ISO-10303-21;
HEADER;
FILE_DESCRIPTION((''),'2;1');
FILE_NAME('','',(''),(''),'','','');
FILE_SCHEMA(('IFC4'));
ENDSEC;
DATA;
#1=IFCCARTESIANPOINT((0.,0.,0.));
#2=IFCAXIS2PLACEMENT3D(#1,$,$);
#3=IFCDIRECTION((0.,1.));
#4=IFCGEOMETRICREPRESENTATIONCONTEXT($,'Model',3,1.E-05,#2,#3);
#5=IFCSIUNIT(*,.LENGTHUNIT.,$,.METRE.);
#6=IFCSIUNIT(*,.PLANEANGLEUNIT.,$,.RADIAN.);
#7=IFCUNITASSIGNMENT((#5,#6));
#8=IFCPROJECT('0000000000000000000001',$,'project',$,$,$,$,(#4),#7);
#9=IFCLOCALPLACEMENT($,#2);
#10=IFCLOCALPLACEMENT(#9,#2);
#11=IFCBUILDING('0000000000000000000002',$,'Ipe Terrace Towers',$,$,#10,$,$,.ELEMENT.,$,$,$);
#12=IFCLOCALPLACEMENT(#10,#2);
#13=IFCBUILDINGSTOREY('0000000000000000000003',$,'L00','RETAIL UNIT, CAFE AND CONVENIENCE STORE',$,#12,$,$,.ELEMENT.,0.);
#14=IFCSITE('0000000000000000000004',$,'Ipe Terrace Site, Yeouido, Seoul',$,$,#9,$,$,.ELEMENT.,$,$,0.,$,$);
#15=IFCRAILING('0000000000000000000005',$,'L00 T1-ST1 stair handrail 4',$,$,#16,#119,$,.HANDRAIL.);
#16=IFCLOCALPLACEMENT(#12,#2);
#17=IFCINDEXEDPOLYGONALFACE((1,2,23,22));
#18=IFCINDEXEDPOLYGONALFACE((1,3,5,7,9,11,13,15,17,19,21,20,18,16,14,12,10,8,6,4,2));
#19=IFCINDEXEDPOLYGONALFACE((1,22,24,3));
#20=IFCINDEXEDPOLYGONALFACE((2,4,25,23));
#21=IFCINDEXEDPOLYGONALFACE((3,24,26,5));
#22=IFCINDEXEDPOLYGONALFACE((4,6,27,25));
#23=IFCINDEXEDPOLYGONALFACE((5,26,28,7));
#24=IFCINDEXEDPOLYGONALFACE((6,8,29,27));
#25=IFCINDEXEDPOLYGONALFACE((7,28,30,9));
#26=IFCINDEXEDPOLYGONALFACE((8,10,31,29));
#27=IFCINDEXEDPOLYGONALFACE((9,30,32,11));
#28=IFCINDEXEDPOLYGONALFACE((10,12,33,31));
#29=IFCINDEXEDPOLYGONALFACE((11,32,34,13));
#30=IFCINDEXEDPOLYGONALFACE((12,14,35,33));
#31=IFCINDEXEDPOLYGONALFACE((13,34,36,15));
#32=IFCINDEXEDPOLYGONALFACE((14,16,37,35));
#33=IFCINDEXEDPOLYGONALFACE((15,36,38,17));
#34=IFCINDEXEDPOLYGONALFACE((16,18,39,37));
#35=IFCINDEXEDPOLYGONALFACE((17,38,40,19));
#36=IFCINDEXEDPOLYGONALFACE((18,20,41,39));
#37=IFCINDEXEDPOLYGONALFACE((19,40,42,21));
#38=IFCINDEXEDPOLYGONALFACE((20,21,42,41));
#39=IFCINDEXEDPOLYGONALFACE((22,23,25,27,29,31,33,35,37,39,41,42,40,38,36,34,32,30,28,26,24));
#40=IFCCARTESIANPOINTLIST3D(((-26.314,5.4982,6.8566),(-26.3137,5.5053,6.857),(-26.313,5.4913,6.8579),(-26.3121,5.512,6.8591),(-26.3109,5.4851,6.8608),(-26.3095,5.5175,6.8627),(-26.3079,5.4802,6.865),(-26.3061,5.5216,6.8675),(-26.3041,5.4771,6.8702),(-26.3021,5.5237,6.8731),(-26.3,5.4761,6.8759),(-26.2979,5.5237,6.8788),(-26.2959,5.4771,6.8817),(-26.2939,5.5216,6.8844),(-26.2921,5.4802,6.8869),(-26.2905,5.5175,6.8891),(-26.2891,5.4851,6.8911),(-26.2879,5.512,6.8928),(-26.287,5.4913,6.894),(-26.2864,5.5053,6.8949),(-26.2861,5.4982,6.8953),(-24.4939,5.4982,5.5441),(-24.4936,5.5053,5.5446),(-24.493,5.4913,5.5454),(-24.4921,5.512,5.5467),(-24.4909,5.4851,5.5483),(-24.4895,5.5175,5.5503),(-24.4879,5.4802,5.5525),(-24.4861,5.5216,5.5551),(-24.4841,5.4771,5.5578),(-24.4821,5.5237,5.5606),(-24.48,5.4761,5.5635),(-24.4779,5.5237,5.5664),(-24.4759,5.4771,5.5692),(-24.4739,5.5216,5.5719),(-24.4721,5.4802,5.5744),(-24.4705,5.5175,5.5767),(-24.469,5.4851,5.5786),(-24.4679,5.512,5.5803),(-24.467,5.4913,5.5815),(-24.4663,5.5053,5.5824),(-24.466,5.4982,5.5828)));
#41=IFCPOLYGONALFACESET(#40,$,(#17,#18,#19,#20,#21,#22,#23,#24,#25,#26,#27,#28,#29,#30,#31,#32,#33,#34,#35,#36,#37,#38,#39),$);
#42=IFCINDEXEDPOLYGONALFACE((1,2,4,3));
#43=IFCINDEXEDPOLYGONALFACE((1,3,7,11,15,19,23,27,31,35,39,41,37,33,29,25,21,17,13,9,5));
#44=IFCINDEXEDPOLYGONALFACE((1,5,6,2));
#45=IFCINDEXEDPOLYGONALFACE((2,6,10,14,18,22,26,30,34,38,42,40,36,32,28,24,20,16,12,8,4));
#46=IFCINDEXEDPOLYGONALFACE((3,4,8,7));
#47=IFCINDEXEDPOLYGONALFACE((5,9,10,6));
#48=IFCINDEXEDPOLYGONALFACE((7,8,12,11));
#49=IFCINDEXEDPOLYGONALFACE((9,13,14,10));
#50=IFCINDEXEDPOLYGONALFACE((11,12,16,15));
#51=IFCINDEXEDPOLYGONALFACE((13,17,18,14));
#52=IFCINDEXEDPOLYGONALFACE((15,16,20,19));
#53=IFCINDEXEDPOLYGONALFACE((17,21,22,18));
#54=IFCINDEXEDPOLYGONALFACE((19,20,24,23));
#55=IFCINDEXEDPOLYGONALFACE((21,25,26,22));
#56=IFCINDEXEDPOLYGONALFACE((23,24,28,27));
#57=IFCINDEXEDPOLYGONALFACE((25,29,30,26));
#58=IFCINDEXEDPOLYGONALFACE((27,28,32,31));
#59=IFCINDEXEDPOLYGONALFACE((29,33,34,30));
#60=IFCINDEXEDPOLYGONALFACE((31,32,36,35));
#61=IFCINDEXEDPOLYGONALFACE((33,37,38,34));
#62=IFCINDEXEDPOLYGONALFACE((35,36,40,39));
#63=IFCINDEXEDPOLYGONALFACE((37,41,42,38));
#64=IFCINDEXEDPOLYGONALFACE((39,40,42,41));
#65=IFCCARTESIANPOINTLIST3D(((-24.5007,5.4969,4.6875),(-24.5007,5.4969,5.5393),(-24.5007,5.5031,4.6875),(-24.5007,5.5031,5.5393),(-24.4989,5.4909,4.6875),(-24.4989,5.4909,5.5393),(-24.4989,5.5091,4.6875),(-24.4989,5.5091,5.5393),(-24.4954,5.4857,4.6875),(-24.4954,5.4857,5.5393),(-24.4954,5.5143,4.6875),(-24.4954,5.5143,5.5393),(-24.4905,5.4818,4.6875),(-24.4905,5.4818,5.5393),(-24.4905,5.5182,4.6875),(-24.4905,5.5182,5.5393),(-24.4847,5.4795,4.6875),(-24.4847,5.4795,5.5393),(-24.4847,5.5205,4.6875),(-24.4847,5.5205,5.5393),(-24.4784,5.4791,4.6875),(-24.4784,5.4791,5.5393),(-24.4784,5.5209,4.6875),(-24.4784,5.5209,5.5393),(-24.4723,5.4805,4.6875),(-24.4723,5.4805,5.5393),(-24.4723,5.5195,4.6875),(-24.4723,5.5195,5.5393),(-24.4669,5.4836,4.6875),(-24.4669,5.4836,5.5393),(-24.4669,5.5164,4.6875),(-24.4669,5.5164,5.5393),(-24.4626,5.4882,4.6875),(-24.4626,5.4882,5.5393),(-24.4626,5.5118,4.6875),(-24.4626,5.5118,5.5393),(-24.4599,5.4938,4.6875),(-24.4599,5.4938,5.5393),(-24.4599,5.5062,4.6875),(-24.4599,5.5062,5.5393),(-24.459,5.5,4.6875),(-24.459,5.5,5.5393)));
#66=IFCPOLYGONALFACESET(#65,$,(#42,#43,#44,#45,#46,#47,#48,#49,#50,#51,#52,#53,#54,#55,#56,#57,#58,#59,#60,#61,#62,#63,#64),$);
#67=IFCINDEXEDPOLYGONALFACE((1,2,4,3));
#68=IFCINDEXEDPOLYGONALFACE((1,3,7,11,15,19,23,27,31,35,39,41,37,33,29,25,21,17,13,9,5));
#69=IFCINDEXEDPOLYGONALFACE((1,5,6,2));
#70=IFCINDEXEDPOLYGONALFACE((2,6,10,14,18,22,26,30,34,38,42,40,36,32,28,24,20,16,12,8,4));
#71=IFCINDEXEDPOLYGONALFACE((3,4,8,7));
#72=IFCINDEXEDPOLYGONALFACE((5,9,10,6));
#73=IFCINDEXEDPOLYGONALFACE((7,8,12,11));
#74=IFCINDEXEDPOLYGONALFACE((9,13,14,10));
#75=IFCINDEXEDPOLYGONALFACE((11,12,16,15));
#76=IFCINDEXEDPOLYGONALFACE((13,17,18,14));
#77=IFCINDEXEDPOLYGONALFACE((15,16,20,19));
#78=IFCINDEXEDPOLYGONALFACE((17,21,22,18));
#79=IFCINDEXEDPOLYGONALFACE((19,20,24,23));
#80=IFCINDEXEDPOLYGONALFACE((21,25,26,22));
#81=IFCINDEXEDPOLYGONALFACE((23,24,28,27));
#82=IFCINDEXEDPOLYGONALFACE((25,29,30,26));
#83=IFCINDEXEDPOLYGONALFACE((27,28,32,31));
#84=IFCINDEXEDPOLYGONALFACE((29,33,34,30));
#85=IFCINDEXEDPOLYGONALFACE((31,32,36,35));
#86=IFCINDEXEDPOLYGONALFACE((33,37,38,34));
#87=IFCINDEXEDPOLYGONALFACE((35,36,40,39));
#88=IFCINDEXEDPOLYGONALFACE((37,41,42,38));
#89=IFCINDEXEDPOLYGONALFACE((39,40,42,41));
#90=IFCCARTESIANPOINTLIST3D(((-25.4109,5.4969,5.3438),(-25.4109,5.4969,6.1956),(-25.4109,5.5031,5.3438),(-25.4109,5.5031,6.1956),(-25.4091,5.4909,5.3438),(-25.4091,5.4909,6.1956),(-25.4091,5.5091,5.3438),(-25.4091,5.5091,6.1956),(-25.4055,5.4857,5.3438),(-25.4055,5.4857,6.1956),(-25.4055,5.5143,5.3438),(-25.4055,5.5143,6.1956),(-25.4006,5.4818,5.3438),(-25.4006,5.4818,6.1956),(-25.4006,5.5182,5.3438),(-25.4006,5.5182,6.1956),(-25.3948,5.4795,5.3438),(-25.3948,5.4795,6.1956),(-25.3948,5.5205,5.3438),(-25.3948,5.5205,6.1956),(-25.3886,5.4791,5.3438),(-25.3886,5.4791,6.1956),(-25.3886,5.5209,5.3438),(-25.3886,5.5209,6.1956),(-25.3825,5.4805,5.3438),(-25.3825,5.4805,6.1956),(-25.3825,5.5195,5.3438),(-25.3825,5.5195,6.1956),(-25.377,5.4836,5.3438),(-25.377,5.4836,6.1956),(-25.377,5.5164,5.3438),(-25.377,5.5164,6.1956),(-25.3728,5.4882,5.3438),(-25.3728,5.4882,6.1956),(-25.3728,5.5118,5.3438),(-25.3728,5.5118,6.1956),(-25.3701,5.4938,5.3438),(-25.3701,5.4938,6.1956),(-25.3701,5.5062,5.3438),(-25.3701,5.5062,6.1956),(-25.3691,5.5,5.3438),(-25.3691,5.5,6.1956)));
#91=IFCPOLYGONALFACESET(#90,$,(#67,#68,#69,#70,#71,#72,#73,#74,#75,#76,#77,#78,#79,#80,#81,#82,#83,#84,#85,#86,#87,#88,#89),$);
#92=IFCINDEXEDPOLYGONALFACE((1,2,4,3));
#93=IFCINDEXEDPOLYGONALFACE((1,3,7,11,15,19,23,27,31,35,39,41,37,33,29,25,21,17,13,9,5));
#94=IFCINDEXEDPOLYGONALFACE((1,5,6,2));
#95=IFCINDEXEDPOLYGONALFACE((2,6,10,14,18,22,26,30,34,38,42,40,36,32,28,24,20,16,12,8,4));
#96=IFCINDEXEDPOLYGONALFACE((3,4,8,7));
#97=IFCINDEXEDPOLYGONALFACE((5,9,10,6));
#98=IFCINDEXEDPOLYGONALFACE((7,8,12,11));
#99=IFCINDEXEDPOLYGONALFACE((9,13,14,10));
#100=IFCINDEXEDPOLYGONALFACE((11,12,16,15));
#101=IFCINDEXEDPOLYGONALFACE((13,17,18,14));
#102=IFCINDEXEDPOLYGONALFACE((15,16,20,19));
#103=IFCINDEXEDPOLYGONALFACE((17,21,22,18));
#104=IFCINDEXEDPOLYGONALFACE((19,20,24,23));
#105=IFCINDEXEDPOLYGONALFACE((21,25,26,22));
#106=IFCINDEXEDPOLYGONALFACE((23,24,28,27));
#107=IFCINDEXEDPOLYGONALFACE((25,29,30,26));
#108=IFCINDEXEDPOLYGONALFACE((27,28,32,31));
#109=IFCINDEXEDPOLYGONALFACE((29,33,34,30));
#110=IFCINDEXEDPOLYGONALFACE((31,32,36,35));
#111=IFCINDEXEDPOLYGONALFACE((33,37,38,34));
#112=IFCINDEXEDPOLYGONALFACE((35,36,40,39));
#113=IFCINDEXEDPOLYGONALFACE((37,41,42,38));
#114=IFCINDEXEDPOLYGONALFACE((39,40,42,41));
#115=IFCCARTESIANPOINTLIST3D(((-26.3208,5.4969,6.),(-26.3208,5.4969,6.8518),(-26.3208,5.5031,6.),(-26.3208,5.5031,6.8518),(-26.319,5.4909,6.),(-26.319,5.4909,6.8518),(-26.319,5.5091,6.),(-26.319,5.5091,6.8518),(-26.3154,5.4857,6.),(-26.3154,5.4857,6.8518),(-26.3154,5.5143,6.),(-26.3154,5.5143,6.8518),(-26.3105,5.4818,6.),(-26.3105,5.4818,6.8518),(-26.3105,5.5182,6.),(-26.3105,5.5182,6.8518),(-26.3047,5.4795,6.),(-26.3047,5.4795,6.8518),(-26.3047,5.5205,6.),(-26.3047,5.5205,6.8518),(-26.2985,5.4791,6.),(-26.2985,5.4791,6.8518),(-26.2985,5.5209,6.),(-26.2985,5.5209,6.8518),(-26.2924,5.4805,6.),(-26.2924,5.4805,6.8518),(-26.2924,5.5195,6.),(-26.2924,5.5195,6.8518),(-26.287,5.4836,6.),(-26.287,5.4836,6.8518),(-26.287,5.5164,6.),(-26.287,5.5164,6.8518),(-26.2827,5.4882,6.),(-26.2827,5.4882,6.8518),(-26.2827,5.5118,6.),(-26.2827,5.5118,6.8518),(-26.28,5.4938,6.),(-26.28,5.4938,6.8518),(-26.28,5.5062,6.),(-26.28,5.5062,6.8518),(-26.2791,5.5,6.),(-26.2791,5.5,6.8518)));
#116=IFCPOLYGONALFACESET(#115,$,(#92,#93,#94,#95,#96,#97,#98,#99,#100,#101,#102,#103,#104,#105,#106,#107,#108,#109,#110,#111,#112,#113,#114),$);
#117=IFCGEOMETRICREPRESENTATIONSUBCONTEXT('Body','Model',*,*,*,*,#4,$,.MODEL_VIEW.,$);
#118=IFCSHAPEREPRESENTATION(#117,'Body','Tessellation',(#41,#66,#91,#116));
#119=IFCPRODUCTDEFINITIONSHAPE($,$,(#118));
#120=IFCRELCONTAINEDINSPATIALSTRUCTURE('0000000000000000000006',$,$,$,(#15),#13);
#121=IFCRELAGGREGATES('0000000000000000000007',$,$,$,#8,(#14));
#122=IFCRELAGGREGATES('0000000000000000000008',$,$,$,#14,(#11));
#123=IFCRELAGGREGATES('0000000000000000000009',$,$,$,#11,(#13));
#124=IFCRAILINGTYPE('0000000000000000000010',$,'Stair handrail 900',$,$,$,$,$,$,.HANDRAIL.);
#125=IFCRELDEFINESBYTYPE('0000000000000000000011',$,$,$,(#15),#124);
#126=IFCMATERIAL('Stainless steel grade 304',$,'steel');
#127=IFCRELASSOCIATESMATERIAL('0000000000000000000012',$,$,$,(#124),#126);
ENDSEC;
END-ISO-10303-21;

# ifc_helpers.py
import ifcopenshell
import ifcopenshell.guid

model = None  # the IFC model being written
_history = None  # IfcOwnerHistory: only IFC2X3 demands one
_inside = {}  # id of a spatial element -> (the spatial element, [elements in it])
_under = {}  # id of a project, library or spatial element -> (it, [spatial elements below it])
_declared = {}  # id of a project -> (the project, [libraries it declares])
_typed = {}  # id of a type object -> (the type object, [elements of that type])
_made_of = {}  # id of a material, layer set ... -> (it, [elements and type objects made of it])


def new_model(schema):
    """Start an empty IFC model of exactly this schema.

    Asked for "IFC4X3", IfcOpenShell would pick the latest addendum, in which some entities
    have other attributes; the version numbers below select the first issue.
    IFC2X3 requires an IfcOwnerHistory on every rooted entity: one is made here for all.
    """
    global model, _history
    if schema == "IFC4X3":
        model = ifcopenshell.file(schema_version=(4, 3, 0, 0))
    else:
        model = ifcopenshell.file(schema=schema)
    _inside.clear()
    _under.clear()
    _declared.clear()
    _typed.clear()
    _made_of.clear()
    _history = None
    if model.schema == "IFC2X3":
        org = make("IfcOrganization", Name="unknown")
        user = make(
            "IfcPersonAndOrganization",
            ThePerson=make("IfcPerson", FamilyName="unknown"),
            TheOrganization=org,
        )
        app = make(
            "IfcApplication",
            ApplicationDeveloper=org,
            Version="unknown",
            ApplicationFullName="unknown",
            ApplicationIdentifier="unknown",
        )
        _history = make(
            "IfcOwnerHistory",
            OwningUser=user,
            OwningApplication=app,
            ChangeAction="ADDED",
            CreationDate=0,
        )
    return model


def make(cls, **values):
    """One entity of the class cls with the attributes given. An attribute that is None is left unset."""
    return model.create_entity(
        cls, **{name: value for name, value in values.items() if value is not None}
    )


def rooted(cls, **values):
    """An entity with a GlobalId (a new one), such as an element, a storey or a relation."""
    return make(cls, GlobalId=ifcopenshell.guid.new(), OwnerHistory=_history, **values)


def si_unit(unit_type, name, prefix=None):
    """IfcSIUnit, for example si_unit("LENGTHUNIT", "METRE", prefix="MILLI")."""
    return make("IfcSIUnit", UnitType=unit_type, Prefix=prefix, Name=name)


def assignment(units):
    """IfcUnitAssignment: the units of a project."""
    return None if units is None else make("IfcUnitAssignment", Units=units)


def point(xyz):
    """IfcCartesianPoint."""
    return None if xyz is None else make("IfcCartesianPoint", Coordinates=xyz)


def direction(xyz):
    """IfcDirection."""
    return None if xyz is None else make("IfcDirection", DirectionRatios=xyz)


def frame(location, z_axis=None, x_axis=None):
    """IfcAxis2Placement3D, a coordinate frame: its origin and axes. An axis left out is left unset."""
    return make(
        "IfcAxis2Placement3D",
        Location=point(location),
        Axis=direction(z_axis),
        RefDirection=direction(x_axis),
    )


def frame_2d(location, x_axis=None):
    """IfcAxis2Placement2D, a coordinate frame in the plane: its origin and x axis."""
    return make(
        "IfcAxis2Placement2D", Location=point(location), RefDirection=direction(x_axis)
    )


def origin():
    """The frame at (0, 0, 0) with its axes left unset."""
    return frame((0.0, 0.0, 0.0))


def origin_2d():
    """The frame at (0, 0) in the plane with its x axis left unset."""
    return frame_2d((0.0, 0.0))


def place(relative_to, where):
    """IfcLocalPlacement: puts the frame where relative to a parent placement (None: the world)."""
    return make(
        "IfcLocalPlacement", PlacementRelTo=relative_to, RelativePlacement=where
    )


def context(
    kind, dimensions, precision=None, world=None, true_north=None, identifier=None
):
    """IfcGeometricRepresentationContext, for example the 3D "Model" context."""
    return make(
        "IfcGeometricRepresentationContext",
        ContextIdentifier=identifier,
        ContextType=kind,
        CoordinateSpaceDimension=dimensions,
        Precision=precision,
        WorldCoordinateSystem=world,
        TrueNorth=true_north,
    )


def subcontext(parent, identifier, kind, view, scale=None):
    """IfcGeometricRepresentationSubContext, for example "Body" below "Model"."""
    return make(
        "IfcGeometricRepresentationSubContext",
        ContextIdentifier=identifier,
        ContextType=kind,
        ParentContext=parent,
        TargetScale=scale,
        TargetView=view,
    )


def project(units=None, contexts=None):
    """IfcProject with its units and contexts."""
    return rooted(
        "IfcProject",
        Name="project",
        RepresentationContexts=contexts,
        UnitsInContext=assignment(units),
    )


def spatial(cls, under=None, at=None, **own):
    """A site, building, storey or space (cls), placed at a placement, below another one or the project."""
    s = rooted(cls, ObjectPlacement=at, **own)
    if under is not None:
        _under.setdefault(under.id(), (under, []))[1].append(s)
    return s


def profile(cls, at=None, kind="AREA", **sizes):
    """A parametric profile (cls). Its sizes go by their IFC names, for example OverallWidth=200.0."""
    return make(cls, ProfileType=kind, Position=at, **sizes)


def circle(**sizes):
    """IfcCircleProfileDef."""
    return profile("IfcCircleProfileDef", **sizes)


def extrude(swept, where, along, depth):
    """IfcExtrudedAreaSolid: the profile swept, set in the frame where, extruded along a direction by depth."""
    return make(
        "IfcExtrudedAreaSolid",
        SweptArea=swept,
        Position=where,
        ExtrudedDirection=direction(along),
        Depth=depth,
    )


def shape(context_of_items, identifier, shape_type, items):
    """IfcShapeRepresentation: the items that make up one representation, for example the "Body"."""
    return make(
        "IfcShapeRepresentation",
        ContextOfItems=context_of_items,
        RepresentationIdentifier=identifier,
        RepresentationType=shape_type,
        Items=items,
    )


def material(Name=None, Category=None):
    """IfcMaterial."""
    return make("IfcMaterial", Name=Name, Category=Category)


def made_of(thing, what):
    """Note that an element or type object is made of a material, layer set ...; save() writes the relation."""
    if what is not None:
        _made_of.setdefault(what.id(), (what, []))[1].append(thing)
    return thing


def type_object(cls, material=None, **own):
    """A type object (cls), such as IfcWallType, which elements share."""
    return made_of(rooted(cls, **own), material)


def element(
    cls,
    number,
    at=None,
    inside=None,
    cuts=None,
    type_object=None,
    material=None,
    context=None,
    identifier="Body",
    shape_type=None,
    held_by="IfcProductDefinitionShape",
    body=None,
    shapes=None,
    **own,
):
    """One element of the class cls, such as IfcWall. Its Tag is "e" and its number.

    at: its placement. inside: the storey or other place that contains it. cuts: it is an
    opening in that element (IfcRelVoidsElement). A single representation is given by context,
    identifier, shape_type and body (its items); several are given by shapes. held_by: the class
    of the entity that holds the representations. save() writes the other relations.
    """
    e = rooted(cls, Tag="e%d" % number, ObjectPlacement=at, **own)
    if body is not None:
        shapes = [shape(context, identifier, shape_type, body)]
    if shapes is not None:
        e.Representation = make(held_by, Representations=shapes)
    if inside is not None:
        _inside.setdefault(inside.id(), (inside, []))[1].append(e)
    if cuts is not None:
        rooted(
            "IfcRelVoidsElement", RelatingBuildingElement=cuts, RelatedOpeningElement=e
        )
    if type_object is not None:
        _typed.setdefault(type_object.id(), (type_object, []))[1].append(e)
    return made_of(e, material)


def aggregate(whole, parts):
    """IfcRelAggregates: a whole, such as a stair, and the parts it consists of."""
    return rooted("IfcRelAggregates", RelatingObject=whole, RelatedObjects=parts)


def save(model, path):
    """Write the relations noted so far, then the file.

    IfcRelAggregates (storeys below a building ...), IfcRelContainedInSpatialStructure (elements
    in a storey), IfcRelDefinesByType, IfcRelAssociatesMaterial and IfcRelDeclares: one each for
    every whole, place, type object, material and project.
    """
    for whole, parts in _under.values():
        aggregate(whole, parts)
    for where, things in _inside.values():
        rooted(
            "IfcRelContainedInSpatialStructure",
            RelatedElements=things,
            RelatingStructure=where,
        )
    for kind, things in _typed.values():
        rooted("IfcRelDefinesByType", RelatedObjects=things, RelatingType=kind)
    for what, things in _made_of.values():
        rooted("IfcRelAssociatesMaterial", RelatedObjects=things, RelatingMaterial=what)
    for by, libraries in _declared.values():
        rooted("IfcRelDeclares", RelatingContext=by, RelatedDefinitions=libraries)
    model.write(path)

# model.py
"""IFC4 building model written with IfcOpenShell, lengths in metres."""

from ifc_helpers import new_model, si_unit, direction, frame, origin, origin_2d, place, context, subcontext, project, spatial, circle, extrude, material, type_object, element, save


model = new_model("IFC4")

# Units and contexts
model_context = context("Model", 3, precision=1e-05, world=origin(), true_north=direction((0.0, 1.0)))
body_context = subcontext(model_context, "Body", "Model", "MODEL_VIEW")
ifc_project = project(units=[si_unit("LENGTHUNIT", "METRE"), si_unit("PLANEANGLEUNIT", "RADIAN")], contexts=[model_context])

# Site, building, storey
site_placement = place(None, origin())
site = spatial("IfcSite", under=ifc_project, at=site_placement, Name="Ipe Terrace Site, Yeouido, Seoul", CompositionType="ELEMENT", RefElevation=0.0)
building_placement = place(site_placement, origin())
building = spatial("IfcBuilding", under=site, at=building_placement, Name="Ipe Terrace Towers", CompositionType="ELEMENT")
storey_placement = place(building_placement, origin())
storey = spatial("IfcBuildingStorey", under=building, at=storey_placement, Name="L00", Description="RETAIL UNIT, CAFE AND CONVENIENCE STORE", CompositionType="ELEMENT", Elevation=0.0)

# Railing
ifc_material_1 = material(Name="Stainless steel grade 304", Category="steel")
railing_type_1 = type_object("IfcRailingType", Name="Stair handrail 900", PredefinedType="HANDRAIL", material=ifc_material_1)
railing_1_placement = place(storey_placement, frame((-24.48, 5.5, 4.6875)))
element("IfcRailing", 1, at=railing_1_placement, inside=storey, type_object=railing_type_1, Name="L00 T1-ST1 stair handrail 4", PredefinedType="HANDRAIL", context=body_context, shape_type="SweptSolid", body=[
    extrude(circle(Radius=0.0239, at=origin_2d()), frame((0.0, 0.0, 0.876), z_axis=(-0.811101, 0.0, 0.584906), x_axis=(0.0, -1.0, 0.0)), (0.0, 0.0, 1.0), 2.2439),
    extrude(circle(Radius=0.021, at=origin_2d()), origin(), (0.0, 0.0, 1.0), 0.8518),
    extrude(circle(Radius=0.021, at=origin_2d()), frame((-0.9102, 0.0, 0.6562)), (0.0, 0.0, 1.0), 0.8518),
    extrude(circle(Radius=0.021, at=origin_2d()), frame((-1.8201, 0.0, 1.3125)), (0.0, 0.0, 1.0), 0.8518),
])

save(model, "model.ifc")
